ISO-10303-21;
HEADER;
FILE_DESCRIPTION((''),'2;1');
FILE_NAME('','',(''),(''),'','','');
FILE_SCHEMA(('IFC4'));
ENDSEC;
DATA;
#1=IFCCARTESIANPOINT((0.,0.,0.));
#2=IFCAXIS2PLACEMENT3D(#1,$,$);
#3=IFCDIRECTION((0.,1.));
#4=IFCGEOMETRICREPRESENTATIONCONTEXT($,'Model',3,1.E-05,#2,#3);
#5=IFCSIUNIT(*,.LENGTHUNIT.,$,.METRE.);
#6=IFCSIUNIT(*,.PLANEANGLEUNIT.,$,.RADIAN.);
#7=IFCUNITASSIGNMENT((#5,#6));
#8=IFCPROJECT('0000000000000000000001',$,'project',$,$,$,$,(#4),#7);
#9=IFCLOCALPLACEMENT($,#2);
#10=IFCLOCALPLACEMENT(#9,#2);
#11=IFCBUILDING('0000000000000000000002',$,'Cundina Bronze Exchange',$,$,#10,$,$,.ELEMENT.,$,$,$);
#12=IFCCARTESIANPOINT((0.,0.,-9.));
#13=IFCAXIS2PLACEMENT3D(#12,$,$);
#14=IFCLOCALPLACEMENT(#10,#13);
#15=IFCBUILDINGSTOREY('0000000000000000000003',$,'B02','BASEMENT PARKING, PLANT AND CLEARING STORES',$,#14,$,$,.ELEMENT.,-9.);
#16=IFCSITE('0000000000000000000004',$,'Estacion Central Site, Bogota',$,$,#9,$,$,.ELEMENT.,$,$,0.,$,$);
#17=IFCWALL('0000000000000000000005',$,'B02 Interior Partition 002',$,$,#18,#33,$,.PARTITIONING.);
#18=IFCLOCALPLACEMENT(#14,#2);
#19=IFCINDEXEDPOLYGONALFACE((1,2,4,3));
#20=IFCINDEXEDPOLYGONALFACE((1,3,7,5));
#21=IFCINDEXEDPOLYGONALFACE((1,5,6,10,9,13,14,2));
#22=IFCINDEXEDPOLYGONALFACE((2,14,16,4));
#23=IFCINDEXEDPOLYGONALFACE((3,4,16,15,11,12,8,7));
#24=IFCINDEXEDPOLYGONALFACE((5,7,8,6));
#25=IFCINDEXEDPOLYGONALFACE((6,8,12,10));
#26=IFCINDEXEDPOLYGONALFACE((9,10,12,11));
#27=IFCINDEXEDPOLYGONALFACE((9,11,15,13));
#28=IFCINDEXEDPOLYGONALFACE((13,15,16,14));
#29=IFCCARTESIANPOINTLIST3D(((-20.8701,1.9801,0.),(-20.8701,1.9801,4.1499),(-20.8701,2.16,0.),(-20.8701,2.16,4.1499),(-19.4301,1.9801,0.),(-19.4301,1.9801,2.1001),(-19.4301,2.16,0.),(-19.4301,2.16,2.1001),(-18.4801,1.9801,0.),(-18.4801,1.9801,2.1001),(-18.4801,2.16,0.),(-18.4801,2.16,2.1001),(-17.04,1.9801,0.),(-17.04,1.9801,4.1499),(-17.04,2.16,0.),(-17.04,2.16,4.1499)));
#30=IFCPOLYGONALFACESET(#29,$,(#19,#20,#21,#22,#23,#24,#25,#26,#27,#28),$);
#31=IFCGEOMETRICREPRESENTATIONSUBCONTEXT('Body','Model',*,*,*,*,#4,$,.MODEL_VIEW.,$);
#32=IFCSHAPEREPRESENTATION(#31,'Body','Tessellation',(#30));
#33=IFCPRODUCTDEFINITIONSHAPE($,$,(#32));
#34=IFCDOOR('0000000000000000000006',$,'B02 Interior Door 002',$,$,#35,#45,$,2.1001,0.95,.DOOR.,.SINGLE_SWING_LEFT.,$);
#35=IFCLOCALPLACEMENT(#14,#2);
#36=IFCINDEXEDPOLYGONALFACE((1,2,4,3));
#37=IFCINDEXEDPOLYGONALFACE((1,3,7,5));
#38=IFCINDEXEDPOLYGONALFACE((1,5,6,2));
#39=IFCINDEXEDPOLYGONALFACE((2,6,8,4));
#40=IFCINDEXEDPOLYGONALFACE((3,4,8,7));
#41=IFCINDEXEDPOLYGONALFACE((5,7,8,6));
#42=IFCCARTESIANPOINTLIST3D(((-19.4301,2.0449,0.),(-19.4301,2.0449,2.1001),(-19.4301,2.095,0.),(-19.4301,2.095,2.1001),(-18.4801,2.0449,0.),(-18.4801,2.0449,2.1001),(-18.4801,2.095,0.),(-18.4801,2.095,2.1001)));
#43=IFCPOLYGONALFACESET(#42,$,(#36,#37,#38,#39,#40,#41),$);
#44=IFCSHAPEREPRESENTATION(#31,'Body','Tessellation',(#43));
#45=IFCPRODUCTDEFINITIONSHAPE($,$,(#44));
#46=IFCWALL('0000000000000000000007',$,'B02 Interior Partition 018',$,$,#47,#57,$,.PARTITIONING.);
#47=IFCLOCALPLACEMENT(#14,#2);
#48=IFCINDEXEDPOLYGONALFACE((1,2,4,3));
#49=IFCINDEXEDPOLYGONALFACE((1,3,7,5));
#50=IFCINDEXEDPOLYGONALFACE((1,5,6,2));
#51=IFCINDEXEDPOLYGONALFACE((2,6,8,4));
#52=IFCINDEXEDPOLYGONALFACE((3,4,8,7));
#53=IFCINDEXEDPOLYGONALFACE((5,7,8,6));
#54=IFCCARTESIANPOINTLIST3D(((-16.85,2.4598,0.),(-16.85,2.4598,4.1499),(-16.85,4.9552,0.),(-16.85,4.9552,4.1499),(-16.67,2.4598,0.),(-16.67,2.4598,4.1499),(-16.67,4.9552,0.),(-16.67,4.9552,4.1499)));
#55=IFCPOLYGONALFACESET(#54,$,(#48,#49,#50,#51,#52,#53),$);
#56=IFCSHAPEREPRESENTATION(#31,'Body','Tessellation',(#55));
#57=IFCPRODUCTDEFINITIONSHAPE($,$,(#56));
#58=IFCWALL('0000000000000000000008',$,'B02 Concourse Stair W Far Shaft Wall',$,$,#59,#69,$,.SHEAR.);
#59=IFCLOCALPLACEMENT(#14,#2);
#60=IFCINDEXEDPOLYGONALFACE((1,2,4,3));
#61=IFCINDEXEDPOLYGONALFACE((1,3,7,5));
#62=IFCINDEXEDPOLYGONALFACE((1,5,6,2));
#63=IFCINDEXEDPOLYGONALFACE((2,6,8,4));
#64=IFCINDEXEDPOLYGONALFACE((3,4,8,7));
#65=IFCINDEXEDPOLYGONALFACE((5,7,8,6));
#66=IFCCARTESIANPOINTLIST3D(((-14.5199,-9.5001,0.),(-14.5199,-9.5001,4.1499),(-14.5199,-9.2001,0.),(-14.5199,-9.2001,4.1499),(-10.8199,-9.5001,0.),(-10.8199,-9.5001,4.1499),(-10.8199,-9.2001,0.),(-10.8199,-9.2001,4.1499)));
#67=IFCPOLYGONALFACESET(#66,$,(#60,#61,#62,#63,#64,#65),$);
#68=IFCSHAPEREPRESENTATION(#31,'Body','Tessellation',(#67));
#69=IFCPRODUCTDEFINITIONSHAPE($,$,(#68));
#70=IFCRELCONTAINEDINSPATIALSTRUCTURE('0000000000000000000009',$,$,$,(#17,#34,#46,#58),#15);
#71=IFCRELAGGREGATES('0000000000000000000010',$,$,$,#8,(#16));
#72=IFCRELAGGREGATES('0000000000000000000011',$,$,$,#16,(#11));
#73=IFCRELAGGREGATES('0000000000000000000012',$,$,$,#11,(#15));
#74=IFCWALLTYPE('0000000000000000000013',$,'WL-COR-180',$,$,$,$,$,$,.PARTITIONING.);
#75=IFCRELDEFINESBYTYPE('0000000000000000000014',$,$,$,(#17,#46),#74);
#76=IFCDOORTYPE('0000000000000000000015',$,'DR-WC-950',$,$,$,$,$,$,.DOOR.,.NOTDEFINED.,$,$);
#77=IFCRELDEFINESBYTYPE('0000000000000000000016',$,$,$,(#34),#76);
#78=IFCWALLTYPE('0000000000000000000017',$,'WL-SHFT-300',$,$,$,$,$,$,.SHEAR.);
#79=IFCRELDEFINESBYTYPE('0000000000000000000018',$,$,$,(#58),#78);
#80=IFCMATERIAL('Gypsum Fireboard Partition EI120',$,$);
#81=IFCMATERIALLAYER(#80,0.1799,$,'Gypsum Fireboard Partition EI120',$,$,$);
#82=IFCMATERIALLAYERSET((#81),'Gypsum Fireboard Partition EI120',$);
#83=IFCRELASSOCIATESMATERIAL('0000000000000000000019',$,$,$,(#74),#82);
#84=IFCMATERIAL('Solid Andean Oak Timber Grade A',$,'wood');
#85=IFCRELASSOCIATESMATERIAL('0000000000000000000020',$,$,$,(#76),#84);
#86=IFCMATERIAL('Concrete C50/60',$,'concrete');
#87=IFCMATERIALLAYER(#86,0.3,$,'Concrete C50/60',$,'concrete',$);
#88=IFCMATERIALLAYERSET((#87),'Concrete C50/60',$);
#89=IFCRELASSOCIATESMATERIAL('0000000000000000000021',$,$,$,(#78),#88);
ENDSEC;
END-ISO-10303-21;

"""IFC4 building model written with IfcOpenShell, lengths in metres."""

from ifc_helpers import new_model, si_unit, direction, frame, frame_2d, origin, place, context, subcontext, project, spatial, rectangle, extrude, material, layer, layer_set, type_object, element, fill, save


model = new_model("IFC4")

# Units and contexts
model_context = context("Model", 3, precision=1e-05, world=origin(), true_north=direction((0.0, 1.0)))
body_context = subcontext(model_context, "Body", "Model", "MODEL_VIEW")
ifc_project = project(units=[si_unit("LENGTHUNIT", "METRE"), si_unit("PLANEANGLEUNIT", "RADIAN")], contexts=[model_context])

# Site, building, storey
site_placement = place(None, origin())
site = spatial("IfcSite", under=ifc_project, at=site_placement, Name="Estacion Central Site, Bogota", CompositionType="ELEMENT", RefElevation=0.0)
building_placement = place(site_placement, origin())
building = spatial("IfcBuilding", under=site, at=building_placement, Name="Cundina Bronze Exchange", CompositionType="ELEMENT")
storey_placement = place(building_placement, frame((0.0, 0.0, -9.0)))
storey = spatial("IfcBuildingStorey", under=building, at=storey_placement, Name="B02", Description="BASEMENT PARKING, PLANT AND CLEARING STORES", CompositionType="ELEMENT", Elevation=-9.0)

# Shared definitions
ifc_material_1 = material(Name="Gypsum Fireboard Partition EI120")
ifc_layer_1 = layer(ifc_material_1, 0.1799, Name="Gypsum Fireboard Partition EI120")
ifc_layer_set_1 = layer_set([ifc_layer_1], Name="Gypsum Fireboard Partition EI120")
wall_type_1 = type_object("IfcWallType", Name="WL-COR-180", PredefinedType="PARTITIONING", material=ifc_layer_set_1)

# Wall, opening, door
wall_1_placement = place(storey_placement, frame((-20.8701, 2.0701, 0.0), z_axis=(0.0, 0.0, 1.0), x_axis=(1.0, 0.0, 0.0)))
wall_1 = element("IfcWall", 1, at=wall_1_placement, inside=storey, type_object=wall_type_1, Name="B02 Interior Partition 002", PredefinedType="PARTITIONING", context=body_context, shape_type="SweptSolid", body=[
    extrude(rectangle(XDim=3.8301, YDim=0.1799, at=frame_2d((1.915, 0.0))), origin(), (0.0, 0.0, 1.0), 4.1499),
])
opening_placement = place(wall_1_placement, frame((1.4399, 0.0, 0.0)))
opening = element("IfcOpeningElement", 2, at=opening_placement, cuts=wall_1, PredefinedType="OPENING", context=body_context, shape_type="SweptSolid", body=[
    extrude(rectangle(XDim=0.95, YDim=2.1001, at=frame_2d((0.4751, 1.05))), frame((0.0, 0.0999, 0.0), z_axis=(0.0, -1.0, 0.0), x_axis=(1.0, 0.0, 0.0)), (0.0, 0.0, 1.0), 0.2),
])
ifc_material_2 = material(Name="Solid Andean Oak Timber Grade A", Category="wood")
door_type = type_object("IfcDoorType", Name="DR-WC-950", OperationType="NOTDEFINED", PredefinedType="DOOR", material=ifc_material_2)
door_placement = place(opening_placement, origin())
door = element("IfcDoor", 3, at=door_placement, inside=storey, type_object=door_type, Name="B02 Interior Door 002", OperationType="SINGLE_SWING_LEFT", OverallHeight=2.1001, OverallWidth=0.95, PredefinedType="DOOR", context=body_context, shape_type="SweptSolid", body=[
    extrude(rectangle(XDim=0.95, YDim=2.1001, at=frame_2d((0.4751, 1.05))), frame((0.0, 0.0249, 0.0), z_axis=(0.0, -1.0, 0.0), x_axis=(1.0, 0.0, 0.0)), (0.0, 0.0, 1.0), 0.05),
])
fill(opening, door)

# Walls
wall_2_placement = place(storey_placement, frame((-16.76, 2.46, 0.0), z_axis=(0.0, 0.0, 1.0), x_axis=(0.0, 1.0, 0.0)))
element("IfcWall", 4, at=wall_2_placement, inside=storey, type_object=wall_type_1, Name="B02 Interior Partition 018", PredefinedType="PARTITIONING", context=body_context, shape_type="SweptSolid", body=[
    extrude(rectangle(XDim=2.4954, YDim=0.1799, at=frame_2d((1.2476, 0.0))), origin(), (0.0, 0.0, 1.0), 4.1499),
])
ifc_material_3 = material(Name="Concrete C50/60", Category="concrete")
ifc_layer_2 = layer(ifc_material_3, 0.3, Name="Concrete C50/60", Category="concrete")
ifc_layer_set_2 = layer_set([ifc_layer_2], Name="Concrete C50/60")
wall_type_2 = type_object("IfcWallType", Name="WL-SHFT-300", PredefinedType="SHEAR", material=ifc_layer_set_2)
wall_3_placement = place(storey_placement, frame((-14.52, -9.3501, 0.0), z_axis=(0.0, 0.0, 1.0), x_axis=(1.0, 0.0, 0.0)))
element("IfcWall", 5, at=wall_3_placement, inside=storey, type_object=wall_type_2, Name="B02 Concourse Stair W Far Shaft Wall", PredefinedType="SHEAR", context=body_context, shape_type="SweptSolid", body=[
    extrude(rectangle(XDim=3.7, YDim=0.3, at=frame_2d((1.8501, 0.0))), origin(), (0.0, 0.0, 1.0), 4.1499),
])

save(model, "model.ifc")
